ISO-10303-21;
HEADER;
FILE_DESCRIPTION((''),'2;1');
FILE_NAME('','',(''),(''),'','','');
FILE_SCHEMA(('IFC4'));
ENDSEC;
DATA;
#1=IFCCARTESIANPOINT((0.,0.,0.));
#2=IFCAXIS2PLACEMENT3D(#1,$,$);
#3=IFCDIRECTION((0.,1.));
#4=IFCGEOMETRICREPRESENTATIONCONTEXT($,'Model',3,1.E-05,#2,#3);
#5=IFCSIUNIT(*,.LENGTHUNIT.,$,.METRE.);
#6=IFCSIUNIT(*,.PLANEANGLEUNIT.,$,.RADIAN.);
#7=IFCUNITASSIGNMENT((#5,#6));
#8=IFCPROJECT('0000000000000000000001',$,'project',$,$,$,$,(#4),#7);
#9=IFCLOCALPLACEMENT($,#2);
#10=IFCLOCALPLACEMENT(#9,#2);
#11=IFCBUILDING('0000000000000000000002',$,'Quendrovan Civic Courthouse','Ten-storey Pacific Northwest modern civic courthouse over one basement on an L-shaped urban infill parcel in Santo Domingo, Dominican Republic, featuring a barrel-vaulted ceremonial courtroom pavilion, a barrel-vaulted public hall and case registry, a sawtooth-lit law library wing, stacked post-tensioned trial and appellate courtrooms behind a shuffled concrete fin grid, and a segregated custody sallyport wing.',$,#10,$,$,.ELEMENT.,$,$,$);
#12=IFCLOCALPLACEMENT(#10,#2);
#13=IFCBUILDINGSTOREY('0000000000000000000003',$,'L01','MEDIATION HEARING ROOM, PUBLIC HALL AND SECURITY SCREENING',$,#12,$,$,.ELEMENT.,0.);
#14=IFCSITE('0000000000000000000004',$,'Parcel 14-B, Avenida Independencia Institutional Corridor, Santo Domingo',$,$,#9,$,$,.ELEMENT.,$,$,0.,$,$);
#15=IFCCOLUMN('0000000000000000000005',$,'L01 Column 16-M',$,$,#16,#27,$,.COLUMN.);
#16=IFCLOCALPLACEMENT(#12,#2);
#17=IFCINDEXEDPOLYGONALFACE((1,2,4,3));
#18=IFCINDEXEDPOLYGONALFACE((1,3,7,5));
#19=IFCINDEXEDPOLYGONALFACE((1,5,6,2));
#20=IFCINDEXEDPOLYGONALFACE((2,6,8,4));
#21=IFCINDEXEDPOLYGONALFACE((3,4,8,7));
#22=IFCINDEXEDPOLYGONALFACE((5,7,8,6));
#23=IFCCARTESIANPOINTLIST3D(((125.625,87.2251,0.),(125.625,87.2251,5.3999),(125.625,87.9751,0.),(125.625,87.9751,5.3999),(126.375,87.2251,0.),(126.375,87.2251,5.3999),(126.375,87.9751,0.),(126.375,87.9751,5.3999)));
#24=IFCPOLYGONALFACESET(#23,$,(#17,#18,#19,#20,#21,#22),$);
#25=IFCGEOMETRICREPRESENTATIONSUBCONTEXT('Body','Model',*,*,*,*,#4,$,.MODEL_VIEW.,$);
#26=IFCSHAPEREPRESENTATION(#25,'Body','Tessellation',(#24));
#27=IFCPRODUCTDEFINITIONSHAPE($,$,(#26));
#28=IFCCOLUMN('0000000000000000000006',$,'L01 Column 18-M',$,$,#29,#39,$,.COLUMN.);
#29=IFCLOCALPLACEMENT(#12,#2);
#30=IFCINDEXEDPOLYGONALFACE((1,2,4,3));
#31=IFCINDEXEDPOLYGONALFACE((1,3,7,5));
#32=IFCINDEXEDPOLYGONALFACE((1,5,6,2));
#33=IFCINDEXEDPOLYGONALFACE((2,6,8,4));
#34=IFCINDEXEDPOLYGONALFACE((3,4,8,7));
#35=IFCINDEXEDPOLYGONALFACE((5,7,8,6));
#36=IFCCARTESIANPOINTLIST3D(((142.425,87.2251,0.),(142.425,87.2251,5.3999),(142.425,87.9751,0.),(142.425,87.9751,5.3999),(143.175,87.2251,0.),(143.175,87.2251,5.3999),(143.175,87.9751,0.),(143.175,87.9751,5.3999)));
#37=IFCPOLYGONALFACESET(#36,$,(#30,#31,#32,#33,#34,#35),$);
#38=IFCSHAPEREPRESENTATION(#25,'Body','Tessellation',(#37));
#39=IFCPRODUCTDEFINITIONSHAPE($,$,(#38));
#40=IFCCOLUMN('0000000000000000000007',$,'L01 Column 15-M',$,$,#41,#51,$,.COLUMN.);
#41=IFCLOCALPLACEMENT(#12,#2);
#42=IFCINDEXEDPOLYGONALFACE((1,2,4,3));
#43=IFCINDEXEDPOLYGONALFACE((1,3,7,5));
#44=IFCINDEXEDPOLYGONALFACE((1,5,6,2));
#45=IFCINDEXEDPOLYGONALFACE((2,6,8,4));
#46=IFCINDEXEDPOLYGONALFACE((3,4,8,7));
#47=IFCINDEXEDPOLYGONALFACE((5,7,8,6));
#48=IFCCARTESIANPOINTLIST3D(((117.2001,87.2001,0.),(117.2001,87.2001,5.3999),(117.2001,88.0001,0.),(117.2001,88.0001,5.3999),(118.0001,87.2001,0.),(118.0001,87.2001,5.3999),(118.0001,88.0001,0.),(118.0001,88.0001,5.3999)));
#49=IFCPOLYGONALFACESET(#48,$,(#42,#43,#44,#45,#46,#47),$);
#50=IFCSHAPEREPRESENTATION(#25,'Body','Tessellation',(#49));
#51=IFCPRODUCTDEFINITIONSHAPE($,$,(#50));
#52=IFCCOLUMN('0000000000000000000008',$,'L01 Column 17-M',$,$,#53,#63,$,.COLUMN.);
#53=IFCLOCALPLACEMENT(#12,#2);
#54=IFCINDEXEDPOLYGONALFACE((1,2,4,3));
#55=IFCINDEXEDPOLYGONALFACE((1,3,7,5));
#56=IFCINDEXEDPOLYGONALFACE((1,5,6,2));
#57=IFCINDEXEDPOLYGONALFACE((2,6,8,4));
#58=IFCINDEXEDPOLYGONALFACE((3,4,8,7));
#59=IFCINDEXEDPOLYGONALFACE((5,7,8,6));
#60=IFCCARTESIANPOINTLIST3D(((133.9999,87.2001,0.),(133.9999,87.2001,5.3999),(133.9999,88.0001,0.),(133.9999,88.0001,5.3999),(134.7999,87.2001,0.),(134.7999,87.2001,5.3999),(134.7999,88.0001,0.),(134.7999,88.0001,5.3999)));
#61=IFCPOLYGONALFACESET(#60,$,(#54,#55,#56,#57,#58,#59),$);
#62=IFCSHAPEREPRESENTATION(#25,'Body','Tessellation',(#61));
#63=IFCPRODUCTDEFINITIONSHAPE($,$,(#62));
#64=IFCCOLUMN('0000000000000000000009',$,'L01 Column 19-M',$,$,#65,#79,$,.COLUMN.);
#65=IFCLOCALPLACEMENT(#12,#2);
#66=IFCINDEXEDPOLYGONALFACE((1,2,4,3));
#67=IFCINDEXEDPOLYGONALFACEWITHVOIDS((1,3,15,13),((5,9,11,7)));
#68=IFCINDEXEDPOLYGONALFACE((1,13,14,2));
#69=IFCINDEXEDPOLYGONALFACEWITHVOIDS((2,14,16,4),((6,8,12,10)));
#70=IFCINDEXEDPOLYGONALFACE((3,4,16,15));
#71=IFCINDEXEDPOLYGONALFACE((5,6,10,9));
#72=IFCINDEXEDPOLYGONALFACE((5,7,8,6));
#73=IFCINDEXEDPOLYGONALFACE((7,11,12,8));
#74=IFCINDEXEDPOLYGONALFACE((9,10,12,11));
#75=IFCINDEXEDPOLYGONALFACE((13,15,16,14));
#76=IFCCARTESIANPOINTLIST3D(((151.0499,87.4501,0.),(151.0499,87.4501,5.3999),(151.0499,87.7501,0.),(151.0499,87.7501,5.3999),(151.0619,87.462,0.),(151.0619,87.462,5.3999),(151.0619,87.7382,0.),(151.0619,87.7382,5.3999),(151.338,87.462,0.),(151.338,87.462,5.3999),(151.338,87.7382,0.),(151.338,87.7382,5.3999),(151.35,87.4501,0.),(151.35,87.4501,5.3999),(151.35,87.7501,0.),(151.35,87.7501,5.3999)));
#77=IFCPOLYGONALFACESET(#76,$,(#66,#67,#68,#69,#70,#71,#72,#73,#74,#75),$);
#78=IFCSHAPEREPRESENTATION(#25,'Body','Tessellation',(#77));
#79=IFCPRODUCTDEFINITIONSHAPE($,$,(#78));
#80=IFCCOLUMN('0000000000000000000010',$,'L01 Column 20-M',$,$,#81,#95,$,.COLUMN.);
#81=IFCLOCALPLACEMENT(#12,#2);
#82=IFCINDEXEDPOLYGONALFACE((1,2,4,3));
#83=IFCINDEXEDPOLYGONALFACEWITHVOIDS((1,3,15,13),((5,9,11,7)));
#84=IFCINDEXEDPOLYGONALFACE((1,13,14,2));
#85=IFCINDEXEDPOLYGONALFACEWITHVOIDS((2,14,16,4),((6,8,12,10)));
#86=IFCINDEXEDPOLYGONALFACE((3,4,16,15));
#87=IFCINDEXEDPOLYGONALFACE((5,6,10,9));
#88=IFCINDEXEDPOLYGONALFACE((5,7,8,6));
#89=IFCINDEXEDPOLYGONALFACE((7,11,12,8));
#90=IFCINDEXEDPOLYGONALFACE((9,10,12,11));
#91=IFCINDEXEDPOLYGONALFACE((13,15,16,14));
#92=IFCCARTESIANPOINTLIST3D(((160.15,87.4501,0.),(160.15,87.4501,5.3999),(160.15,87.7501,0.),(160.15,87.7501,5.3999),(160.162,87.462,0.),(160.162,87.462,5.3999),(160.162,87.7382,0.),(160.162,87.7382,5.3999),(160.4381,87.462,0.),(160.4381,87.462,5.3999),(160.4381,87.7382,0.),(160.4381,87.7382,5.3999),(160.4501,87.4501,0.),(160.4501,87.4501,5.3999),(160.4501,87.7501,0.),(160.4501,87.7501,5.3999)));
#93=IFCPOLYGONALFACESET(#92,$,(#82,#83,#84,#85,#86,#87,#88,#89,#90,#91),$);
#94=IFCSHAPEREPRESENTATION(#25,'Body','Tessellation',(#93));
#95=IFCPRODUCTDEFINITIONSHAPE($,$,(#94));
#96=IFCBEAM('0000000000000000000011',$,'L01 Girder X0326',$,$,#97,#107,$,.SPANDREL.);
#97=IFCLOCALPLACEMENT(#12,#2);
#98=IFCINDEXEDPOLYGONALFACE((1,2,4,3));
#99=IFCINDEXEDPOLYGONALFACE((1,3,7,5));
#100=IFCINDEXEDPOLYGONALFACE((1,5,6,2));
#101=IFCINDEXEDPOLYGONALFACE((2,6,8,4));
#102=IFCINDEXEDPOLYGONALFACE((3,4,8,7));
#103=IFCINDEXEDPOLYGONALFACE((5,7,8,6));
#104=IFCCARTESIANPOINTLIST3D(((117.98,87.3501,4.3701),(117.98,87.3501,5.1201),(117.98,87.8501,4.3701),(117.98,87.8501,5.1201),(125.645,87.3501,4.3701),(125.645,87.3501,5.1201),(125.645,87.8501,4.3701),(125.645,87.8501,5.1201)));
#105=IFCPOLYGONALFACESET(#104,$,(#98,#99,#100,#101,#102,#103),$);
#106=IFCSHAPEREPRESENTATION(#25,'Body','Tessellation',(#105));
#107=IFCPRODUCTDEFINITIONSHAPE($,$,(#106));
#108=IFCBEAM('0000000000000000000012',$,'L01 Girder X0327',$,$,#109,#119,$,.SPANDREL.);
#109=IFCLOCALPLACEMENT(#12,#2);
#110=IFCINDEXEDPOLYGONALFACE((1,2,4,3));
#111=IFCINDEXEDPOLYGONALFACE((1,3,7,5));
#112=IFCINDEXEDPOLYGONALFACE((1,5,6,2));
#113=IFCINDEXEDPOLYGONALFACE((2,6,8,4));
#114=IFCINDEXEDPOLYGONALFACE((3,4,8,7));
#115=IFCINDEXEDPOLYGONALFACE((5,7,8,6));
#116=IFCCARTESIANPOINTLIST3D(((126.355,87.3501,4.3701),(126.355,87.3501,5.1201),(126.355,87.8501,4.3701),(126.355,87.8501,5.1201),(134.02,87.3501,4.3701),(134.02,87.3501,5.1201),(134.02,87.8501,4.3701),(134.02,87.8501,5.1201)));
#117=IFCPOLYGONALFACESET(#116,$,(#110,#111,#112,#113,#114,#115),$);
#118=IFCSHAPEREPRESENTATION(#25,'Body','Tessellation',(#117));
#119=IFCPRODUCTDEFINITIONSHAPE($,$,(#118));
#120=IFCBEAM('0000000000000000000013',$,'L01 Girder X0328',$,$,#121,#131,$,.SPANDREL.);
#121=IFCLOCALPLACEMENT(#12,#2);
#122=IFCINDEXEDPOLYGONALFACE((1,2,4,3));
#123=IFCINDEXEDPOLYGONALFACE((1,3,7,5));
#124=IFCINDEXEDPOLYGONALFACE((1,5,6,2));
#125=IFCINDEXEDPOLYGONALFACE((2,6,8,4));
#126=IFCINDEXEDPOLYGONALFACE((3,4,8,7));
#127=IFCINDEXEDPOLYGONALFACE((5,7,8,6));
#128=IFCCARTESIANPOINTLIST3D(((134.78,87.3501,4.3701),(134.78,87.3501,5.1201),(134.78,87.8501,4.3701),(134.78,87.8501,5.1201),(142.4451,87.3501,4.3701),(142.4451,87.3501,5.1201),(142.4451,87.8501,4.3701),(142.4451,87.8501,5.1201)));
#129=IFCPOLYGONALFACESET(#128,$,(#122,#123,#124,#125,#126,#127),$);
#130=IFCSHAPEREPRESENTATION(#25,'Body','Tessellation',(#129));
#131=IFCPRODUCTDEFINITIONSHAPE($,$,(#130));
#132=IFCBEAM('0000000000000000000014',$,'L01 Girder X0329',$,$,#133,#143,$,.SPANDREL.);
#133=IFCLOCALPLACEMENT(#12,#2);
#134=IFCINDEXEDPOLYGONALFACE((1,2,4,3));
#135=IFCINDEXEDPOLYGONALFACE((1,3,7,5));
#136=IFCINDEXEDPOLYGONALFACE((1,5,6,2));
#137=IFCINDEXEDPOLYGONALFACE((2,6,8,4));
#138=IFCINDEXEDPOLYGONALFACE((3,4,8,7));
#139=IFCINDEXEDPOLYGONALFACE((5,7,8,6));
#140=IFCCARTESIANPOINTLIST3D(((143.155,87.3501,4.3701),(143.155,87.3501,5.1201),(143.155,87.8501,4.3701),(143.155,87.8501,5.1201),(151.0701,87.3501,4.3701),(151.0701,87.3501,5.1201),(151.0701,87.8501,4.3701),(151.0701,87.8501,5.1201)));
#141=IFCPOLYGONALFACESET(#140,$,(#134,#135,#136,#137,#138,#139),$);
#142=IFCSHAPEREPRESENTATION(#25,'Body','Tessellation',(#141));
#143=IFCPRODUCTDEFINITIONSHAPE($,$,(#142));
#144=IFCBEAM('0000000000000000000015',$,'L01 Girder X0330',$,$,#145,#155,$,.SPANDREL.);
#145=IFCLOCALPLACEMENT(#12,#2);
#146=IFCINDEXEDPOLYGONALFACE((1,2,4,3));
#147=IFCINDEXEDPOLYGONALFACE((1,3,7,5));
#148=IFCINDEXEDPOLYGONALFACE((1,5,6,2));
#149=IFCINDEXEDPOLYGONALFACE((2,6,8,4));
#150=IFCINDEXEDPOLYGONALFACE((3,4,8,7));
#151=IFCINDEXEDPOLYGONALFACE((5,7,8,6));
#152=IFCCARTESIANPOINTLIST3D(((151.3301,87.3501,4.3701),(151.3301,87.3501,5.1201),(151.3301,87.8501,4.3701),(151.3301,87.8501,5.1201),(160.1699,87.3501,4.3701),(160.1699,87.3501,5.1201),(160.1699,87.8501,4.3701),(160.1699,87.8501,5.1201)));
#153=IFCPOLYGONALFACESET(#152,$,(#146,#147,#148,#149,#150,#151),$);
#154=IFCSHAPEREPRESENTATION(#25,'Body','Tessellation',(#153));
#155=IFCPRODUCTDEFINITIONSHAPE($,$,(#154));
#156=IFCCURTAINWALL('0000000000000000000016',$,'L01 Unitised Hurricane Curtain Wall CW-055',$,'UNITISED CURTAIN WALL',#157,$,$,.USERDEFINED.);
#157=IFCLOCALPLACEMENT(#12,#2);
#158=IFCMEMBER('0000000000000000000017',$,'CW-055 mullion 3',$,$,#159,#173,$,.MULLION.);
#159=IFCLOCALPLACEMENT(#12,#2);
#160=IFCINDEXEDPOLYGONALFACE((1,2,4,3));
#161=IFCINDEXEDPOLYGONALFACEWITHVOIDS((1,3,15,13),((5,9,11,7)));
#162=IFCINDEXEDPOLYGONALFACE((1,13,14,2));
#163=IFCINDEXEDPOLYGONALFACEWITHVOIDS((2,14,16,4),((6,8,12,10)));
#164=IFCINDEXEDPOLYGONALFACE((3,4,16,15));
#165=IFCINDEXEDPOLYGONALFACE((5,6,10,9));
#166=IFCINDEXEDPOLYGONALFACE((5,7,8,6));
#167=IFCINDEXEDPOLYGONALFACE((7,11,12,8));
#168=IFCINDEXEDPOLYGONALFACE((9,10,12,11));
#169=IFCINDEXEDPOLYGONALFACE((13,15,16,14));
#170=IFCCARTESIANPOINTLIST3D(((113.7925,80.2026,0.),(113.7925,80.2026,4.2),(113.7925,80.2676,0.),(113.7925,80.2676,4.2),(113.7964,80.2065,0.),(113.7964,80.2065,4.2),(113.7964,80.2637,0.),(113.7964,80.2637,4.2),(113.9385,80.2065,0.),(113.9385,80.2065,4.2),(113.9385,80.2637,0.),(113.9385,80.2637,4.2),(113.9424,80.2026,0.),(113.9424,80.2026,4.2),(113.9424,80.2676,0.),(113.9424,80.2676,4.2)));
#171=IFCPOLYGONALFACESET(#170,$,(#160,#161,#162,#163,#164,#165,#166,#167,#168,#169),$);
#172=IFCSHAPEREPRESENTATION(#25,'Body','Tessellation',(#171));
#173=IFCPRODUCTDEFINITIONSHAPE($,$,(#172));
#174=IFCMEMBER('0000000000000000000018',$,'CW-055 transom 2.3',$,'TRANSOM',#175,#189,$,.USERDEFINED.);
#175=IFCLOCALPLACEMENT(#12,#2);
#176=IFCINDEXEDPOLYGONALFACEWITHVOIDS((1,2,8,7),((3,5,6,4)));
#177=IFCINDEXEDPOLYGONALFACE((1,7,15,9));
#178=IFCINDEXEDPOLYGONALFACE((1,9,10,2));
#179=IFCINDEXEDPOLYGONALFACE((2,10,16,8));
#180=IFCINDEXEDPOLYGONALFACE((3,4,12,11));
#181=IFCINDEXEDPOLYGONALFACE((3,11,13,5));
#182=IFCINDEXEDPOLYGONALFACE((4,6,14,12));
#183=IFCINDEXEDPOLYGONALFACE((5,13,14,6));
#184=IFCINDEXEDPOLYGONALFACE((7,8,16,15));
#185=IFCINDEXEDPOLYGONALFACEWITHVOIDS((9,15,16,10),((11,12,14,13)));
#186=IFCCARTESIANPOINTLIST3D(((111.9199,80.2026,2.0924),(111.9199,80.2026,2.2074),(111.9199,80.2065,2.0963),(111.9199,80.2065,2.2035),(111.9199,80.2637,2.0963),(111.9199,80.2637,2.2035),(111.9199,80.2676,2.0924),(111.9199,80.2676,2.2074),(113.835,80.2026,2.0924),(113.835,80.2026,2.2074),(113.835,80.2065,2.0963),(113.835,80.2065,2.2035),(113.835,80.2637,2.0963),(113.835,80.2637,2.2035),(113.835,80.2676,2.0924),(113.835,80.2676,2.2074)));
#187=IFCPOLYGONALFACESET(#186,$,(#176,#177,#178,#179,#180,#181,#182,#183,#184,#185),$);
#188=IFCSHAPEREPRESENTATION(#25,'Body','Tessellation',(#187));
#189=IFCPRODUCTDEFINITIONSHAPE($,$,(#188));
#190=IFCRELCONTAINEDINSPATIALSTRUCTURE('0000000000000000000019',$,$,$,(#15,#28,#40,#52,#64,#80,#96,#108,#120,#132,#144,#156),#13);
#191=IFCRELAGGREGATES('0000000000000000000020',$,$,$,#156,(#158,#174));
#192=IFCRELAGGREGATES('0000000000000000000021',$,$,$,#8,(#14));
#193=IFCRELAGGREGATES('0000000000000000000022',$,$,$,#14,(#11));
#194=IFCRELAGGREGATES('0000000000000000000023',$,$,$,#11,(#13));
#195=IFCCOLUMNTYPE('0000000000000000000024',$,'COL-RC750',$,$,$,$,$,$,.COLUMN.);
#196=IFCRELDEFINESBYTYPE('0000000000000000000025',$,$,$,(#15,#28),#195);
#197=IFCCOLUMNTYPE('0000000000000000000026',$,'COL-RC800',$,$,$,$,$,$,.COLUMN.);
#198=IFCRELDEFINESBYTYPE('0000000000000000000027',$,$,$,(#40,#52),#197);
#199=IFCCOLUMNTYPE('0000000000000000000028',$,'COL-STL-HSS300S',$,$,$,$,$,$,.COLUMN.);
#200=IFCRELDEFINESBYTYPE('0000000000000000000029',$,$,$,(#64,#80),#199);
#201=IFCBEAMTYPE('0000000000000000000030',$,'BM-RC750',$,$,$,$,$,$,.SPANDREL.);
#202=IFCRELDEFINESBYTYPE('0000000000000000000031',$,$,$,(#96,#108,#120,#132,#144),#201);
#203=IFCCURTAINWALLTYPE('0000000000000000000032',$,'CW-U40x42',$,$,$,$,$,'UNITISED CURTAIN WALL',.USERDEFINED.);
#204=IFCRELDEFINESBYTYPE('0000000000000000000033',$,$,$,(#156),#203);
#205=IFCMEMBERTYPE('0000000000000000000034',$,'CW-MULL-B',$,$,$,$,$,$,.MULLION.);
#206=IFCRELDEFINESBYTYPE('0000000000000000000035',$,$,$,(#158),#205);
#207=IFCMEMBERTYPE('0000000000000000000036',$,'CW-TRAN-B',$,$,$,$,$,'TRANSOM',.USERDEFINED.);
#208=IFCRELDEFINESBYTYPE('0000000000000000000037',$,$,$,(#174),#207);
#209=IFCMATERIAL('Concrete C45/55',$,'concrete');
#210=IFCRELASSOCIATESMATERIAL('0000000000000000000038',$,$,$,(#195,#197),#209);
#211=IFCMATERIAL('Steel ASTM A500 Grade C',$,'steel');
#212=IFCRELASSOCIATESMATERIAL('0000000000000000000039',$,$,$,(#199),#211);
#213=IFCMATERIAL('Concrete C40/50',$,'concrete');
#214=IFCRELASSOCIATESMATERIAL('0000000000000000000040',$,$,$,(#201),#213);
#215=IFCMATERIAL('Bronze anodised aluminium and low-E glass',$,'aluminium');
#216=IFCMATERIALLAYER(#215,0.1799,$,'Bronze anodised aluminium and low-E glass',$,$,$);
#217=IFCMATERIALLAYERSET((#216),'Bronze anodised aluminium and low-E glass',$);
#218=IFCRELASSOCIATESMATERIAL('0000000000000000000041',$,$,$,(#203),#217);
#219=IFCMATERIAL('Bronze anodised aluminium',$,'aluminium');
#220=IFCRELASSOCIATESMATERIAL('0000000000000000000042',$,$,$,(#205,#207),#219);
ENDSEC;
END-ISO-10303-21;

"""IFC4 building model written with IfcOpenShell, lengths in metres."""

from ifc_helpers import new_model, si_unit, direction, frame, origin, origin_2d, place, context, subcontext, project, spatial, rectangle, hollow_rectangle, extrude, material, layer, layer_set, material_profile, profile_set, type_object, element, aggregate, save


model = new_model("IFC4")

# Units and contexts
model_context = context("Model", 3, precision=1e-05, world=origin(), true_north=direction((0.0, 1.0)))
body_context = subcontext(model_context, "Body", "Model", "MODEL_VIEW")
ifc_project = project(units=[si_unit("LENGTHUNIT", "METRE"), si_unit("PLANEANGLEUNIT", "RADIAN")], contexts=[model_context])

# Site, building, storey
site_placement = place(None, origin())
site = spatial("IfcSite", under=ifc_project, at=site_placement, Name="Parcel 14-B, Avenida Independencia Institutional Corridor, Santo Domingo", CompositionType="ELEMENT", RefElevation=0.0)
building_placement = place(site_placement, origin())
building = spatial("IfcBuilding", under=site, at=building_placement, Name="Quendrovan Civic Courthouse", Description="Ten-storey Pacific Northwest modern civic courthouse over one basement on an L-shaped urban infill parcel in Santo Domingo, Dominican Republic, featuring a barrel-vaulted ceremonial courtroom pavilion, a barrel-vaulted public hall and case registry, a sawtooth-lit law library wing, stacked post-tensioned trial and appellate courtrooms behind a shuffled concrete fin grid, and a segregated custody sallyport wing.", CompositionType="ELEMENT")
storey_placement = place(building_placement, origin())
storey = spatial("IfcBuildingStorey", under=building, at=storey_placement, Name="L01", Description="MEDIATION HEARING ROOM, PUBLIC HALL AND SECURITY SCREENING", CompositionType="ELEMENT", Elevation=0.0)

# Columns
ifc_material_1 = material(Name="Concrete C45/55", Category="concrete")
ifc_material_profile_1 = material_profile(ifc_material_1, rectangle(XDim=0.75, YDim=0.75, at=origin_2d()), Name="RC-COL-750x750")
ifc_profile_set_1 = profile_set([ifc_material_profile_1], Name="Concrete C45/55")
column_type_1 = type_object("IfcColumnType", Name="COL-RC750", PredefinedType="COLUMN", material=ifc_profile_set_1)
for number, where, z_axis, x_axis, name in (
    (1, (126.0, 87.6001, 0.0), (0.0, 0.0, 1.0), (1.0, 0.0, 0.0), "L01 Column 16-M"),
    (2, (142.8, 87.6001, 0.0), (0.0, 0.0, 1.0), (1.0, 0.0, 0.0), "L01 Column 18-M"),
):
    element("IfcColumn", number, at=place(storey_placement, frame(where, z_axis=z_axis, x_axis=x_axis)), inside=storey, type_object=column_type_1, Name=name, PredefinedType="COLUMN", context=body_context, shape_type="SweptSolid", body=[
        extrude(rectangle(XDim=0.75, YDim=0.75, at=origin_2d()), origin(), (0.0, 0.0, 1.0), 5.3999),
    ])
ifc_material_profile_2 = material_profile(ifc_material_1, rectangle(XDim=0.8, YDim=0.8, at=origin_2d()), Name="RC-COL-800x800")
ifc_profile_set_2 = profile_set([ifc_material_profile_2], Name="Concrete C45/55")
column_type_2 = type_object("IfcColumnType", Name="COL-RC800", PredefinedType="COLUMN", material=ifc_profile_set_2)
for number, where, z_axis, x_axis, name in (
    (3, (117.6001, 87.6001, 0.0), (0.0, 0.0, 1.0), (1.0, 0.0, 0.0), "L01 Column 15-M"),
    (4, (134.3999, 87.6001, 0.0), (0.0, 0.0, 1.0), (1.0, 0.0, 0.0), "L01 Column 17-M"),
):
    element("IfcColumn", number, at=place(storey_placement, frame(where, z_axis=z_axis, x_axis=x_axis)), inside=storey, type_object=column_type_2, Name=name, PredefinedType="COLUMN", context=body_context, shape_type="SweptSolid", body=[
        extrude(rectangle(XDim=0.8, YDim=0.8, at=origin_2d()), origin(), (0.0, 0.0, 1.0), 5.3999),
    ])
ifc_material_2 = material(Name="Steel ASTM A500 Grade C", Category="steel")
ifc_material_profile_3 = material_profile(ifc_material_2, hollow_rectangle(XDim=0.3, YDim=0.3, WallThickness=0.012, at=origin_2d()), Name="HSS300x300x12")
ifc_profile_set_3 = profile_set([ifc_material_profile_3], Name="Steel ASTM A500 Grade C")
column_type_3 = type_object("IfcColumnType", Name="COL-STL-HSS300S", PredefinedType="COLUMN", material=ifc_profile_set_3)
for number, where, z_axis, x_axis, name in (
    (5, (151.2, 87.6001, 0.0), (0.0, 0.0, 1.0), (1.0, 0.0, 0.0), "L01 Column 19-M"),
    (6, (160.3, 87.6001, 0.0), (0.0, 0.0, 1.0), (1.0, 0.0, 0.0), "L01 Column 20-M"),
):
    element("IfcColumn", number, at=place(storey_placement, frame(where, z_axis=z_axis, x_axis=x_axis)), inside=storey, type_object=column_type_3, Name=name, PredefinedType="COLUMN", context=body_context, shape_type="SweptSolid", body=[
        extrude(hollow_rectangle(XDim=0.3, YDim=0.3, WallThickness=0.012, at=origin_2d()), origin(), (0.0, 0.0, 1.0), 5.3999),
    ])

# Beams
ifc_material_3 = material(Name="Concrete C40/50", Category="concrete")
ifc_material_profile_4 = material_profile(ifc_material_3, rectangle(XDim=0.5, YDim=0.75, at=origin_2d()), Name="RC-BM-500x750")
ifc_profile_set_4 = profile_set([ifc_material_profile_4], Name="Concrete C40/50")
beam_type = type_object("IfcBeamType", Name="BM-RC750", PredefinedType="SPANDREL", material=ifc_profile_set_4)
for number, where, z_axis, x_axis, name in (
    (7, (117.98, 87.6001, 4.7451), (1.0, 0.0, 0.0), (0.0, 1.0, 0.0), "L01 Girder X0326"),
    (8, (126.355, 87.6001, 4.7451), (1.0, 0.0, 0.0), (0.0, 1.0, 0.0), "L01 Girder X0327"),
    (9, (134.78, 87.6001, 4.7451), (1.0, 0.0, 0.0), (0.0, 1.0, 0.0), "L01 Girder X0328"),
):
    element("IfcBeam", number, at=place(storey_placement, frame(where, z_axis=z_axis, x_axis=x_axis)), inside=storey, type_object=beam_type, Name=name, PredefinedType="SPANDREL", context=body_context, shape_type="SweptSolid", body=[
        extrude(rectangle(XDim=0.5, YDim=0.75, at=origin_2d()), origin(), (0.0, 0.0, 1.0), 7.665),
    ])
beam_1_placement = place(storey_placement, frame((143.155, 87.6001, 4.7451), z_axis=(1.0, 0.0, 0.0), x_axis=(0.0, 1.0, 0.0)))
element("IfcBeam", 10, at=beam_1_placement, inside=storey, type_object=beam_type, Name="L01 Girder X0329", PredefinedType="SPANDREL", context=body_context, shape_type="SweptSolid", body=[
    extrude(rectangle(XDim=0.5, YDim=0.75, at=origin_2d()), origin(), (0.0, 0.0, 1.0), 7.915),
])
beam_2_placement = place(storey_placement, frame((151.3301, 87.6001, 4.7451), z_axis=(1.0, 0.0, 0.0), x_axis=(0.0, 1.0, 0.0)))
element("IfcBeam", 11, at=beam_2_placement, inside=storey, type_object=beam_type, Name="L01 Girder X0330", PredefinedType="SPANDREL", context=body_context, shape_type="SweptSolid", body=[
    extrude(rectangle(XDim=0.5, YDim=0.75, at=origin_2d()), origin(), (0.0, 0.0, 1.0), 8.8398),
])

# Curtain wall, members
ifc_material_4 = material(Name="Bronze anodised aluminium and low-E glass", Category="aluminium")
ifc_layer_1 = layer(ifc_material_4, 0.1799, Name="Bronze anodised aluminium and low-E glass")
ifc_layer_set_1 = layer_set([ifc_layer_1], Name="Bronze anodised aluminium and low-E glass")
curtain_wall_type = type_object("IfcCurtainWallType", Name="CW-U40x42", ElementType="UNITISED CURTAIN WALL", PredefinedType="USERDEFINED", material=ifc_layer_set_1)
curtain_wall_placement = place(storey_placement, origin())
curtain_wall = element("IfcCurtainWall", 12, at=curtain_wall_placement, inside=storey, type_object=curtain_wall_type, Name="L01 Unitised Hurricane Curtain Wall CW-055", ObjectType="UNITISED CURTAIN WALL", PredefinedType="USERDEFINED")
ifc_material_5 = material(Name="Bronze anodised aluminium", Category="aluminium")
ifc_material_profile_5 = material_profile(ifc_material_5, hollow_rectangle(XDim=0.0649, YDim=0.1499, WallThickness=0.0039, at=origin_2d()), Name="CW-MULL-65x150")
ifc_profile_set_5 = profile_set([ifc_material_profile_5], Name="Bronze anodised aluminium")
member_type_1 = type_object("IfcMemberType", Name="CW-MULL-B", PredefinedType="MULLION", material=ifc_profile_set_5)
member_1_placement = place(storey_placement, frame((113.8674, 80.2351, 0.0), z_axis=(0.0, 0.0, 1.0), x_axis=(0.0, 1.0, 0.0)))
member_1 = element("IfcMember", 13, at=member_1_placement, type_object=member_type_1, Name="CW-055 mullion 3", PredefinedType="MULLION", context=body_context, shape_type="SweptSolid", body=[
    extrude(hollow_rectangle(XDim=0.0649, YDim=0.1499, WallThickness=0.0039, at=origin_2d()), origin(), (0.0, 0.0, 1.0), 4.2),
])
ifc_material_profile_6 = material_profile(ifc_material_5, hollow_rectangle(XDim=0.0649, YDim=0.115, WallThickness=0.0039, at=origin_2d()), Name="CW-TRAN-65x115")
ifc_profile_set_6 = profile_set([ifc_material_profile_6], Name="Bronze anodised aluminium")
member_type_2 = type_object("IfcMemberType", Name="CW-TRAN-B", ElementType="TRANSOM", PredefinedType="USERDEFINED", material=ifc_profile_set_6)
member_2_placement = place(storey_placement, frame((111.9199, 80.2351, 2.1499), z_axis=(1.0, 0.0, 0.0), x_axis=(0.0, 1.0, 0.0)))
member_2 = element("IfcMember", 14, at=member_2_placement, type_object=member_type_2, Name="CW-055 transom 2.3", ObjectType="TRANSOM", PredefinedType="USERDEFINED", context=body_context, shape_type="SweptSolid", body=[
    extrude(hollow_rectangle(XDim=0.0649, YDim=0.115, WallThickness=0.0039, at=origin_2d()), origin(), (0.0, 0.0, 1.0), 1.915),
])
aggregate(curtain_wall, [member_1, member_2])

save(model, "model.ifc")
